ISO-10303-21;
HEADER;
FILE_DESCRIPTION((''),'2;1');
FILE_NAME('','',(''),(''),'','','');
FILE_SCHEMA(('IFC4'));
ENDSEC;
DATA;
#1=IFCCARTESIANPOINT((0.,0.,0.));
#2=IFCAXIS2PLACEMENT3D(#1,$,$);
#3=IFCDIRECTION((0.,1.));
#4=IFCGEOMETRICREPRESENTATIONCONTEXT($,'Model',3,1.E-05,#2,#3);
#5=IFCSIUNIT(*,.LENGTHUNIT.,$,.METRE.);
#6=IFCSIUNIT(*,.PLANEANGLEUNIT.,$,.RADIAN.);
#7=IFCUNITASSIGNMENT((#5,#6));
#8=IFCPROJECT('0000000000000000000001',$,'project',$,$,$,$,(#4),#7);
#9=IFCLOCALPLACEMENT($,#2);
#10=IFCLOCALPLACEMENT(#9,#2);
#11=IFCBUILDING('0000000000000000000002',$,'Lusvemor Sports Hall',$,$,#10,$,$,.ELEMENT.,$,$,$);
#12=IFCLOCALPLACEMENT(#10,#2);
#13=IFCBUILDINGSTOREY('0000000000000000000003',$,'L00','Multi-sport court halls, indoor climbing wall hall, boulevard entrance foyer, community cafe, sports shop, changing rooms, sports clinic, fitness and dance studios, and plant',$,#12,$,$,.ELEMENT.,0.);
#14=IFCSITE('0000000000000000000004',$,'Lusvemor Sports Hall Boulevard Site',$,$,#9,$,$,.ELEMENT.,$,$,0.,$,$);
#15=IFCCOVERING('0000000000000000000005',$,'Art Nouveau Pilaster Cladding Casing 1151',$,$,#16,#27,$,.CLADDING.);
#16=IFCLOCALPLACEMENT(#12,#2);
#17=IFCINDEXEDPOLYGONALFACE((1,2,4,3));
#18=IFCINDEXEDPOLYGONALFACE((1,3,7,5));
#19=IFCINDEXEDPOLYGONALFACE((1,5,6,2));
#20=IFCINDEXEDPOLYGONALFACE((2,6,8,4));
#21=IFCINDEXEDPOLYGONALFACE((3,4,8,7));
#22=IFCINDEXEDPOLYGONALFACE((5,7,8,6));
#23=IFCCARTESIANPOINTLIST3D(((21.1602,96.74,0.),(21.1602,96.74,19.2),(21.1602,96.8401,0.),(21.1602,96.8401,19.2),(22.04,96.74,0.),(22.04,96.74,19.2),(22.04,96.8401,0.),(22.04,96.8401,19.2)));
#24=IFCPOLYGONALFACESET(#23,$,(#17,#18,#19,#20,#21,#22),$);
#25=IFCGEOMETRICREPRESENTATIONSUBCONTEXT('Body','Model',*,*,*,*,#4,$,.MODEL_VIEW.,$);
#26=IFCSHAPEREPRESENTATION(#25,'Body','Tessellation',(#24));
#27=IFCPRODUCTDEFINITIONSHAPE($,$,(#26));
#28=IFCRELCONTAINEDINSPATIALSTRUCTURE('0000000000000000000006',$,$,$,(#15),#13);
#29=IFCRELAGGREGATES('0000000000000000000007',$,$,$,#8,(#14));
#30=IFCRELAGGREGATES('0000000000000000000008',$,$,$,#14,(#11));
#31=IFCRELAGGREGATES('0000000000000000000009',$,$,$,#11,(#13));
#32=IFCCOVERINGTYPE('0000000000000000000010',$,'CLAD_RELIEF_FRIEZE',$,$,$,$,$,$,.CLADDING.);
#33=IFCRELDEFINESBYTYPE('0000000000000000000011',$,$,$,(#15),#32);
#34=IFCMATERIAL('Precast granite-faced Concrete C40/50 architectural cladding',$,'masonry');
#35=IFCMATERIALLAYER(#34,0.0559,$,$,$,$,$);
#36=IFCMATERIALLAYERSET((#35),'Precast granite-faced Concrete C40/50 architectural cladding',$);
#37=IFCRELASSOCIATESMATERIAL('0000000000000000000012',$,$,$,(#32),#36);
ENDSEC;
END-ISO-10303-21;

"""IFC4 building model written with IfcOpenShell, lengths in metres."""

from ifc_helpers import new_model, si_unit, direction, frame, origin, origin_2d, place, context, subcontext, project, spatial, rectangle, extrude, material, layer, layer_set, type_object, element, save


model = new_model("IFC4")

# Units and contexts
model_context = context("Model", 3, precision=1e-05, world=origin(), true_north=direction((0.0, 1.0)))
body_context = subcontext(model_context, "Body", "Model", "MODEL_VIEW")
ifc_project = project(units=[si_unit("LENGTHUNIT", "METRE"), si_unit("PLANEANGLEUNIT", "RADIAN")], contexts=[model_context])

# Site, building, storey
site_placement = place(None, origin())
site = spatial("IfcSite", under=ifc_project, at=site_placement, Name="Lusvemor Sports Hall Boulevard Site", CompositionType="ELEMENT", RefElevation=0.0)
building_placement = place(site_placement, origin())
building = spatial("IfcBuilding", under=site, at=building_placement, Name="Lusvemor Sports Hall", CompositionType="ELEMENT")
storey_placement = place(building_placement, origin())
storey = spatial("IfcBuildingStorey", under=building, at=storey_placement, Name="L00", Description="Multi-sport court halls, indoor climbing wall hall, boulevard entrance foyer, community cafe, sports shop, changing rooms, sports clinic, fitness and dance studios, and plant", CompositionType="ELEMENT", Elevation=0.0)

# Covering
ifc_material_1 = material(Name="Precast granite-faced Concrete C40/50 architectural cladding", Category="masonry")
ifc_layer_1 = layer(ifc_material_1, 0.0559)
ifc_layer_set_1 = layer_set([ifc_layer_1], Name="Precast granite-faced Concrete C40/50 architectural cladding")
covering_type = type_object("IfcCoveringType", Name="CLAD_RELIEF_FRIEZE", PredefinedType="CLADDING", material=ifc_layer_set_1)
covering_placement = place(storey_placement, frame((21.6001, 96.79, 0.0), z_axis=(0.0, 0.0, 1.0), x_axis=(1.0, 0.0, 0.0)))
element("IfcCovering", 1, at=covering_placement, inside=storey, type_object=covering_type, Name="Art Nouveau Pilaster Cladding Casing 1151", PredefinedType="CLADDING", context=body_context, shape_type="SweptSolid", body=[
    extrude(rectangle(XDim=0.8799, YDim=0.1001, at=origin_2d()), origin(), (0.0, 0.0, 1.0), 19.2),
])

save(model, "model.ifc")
